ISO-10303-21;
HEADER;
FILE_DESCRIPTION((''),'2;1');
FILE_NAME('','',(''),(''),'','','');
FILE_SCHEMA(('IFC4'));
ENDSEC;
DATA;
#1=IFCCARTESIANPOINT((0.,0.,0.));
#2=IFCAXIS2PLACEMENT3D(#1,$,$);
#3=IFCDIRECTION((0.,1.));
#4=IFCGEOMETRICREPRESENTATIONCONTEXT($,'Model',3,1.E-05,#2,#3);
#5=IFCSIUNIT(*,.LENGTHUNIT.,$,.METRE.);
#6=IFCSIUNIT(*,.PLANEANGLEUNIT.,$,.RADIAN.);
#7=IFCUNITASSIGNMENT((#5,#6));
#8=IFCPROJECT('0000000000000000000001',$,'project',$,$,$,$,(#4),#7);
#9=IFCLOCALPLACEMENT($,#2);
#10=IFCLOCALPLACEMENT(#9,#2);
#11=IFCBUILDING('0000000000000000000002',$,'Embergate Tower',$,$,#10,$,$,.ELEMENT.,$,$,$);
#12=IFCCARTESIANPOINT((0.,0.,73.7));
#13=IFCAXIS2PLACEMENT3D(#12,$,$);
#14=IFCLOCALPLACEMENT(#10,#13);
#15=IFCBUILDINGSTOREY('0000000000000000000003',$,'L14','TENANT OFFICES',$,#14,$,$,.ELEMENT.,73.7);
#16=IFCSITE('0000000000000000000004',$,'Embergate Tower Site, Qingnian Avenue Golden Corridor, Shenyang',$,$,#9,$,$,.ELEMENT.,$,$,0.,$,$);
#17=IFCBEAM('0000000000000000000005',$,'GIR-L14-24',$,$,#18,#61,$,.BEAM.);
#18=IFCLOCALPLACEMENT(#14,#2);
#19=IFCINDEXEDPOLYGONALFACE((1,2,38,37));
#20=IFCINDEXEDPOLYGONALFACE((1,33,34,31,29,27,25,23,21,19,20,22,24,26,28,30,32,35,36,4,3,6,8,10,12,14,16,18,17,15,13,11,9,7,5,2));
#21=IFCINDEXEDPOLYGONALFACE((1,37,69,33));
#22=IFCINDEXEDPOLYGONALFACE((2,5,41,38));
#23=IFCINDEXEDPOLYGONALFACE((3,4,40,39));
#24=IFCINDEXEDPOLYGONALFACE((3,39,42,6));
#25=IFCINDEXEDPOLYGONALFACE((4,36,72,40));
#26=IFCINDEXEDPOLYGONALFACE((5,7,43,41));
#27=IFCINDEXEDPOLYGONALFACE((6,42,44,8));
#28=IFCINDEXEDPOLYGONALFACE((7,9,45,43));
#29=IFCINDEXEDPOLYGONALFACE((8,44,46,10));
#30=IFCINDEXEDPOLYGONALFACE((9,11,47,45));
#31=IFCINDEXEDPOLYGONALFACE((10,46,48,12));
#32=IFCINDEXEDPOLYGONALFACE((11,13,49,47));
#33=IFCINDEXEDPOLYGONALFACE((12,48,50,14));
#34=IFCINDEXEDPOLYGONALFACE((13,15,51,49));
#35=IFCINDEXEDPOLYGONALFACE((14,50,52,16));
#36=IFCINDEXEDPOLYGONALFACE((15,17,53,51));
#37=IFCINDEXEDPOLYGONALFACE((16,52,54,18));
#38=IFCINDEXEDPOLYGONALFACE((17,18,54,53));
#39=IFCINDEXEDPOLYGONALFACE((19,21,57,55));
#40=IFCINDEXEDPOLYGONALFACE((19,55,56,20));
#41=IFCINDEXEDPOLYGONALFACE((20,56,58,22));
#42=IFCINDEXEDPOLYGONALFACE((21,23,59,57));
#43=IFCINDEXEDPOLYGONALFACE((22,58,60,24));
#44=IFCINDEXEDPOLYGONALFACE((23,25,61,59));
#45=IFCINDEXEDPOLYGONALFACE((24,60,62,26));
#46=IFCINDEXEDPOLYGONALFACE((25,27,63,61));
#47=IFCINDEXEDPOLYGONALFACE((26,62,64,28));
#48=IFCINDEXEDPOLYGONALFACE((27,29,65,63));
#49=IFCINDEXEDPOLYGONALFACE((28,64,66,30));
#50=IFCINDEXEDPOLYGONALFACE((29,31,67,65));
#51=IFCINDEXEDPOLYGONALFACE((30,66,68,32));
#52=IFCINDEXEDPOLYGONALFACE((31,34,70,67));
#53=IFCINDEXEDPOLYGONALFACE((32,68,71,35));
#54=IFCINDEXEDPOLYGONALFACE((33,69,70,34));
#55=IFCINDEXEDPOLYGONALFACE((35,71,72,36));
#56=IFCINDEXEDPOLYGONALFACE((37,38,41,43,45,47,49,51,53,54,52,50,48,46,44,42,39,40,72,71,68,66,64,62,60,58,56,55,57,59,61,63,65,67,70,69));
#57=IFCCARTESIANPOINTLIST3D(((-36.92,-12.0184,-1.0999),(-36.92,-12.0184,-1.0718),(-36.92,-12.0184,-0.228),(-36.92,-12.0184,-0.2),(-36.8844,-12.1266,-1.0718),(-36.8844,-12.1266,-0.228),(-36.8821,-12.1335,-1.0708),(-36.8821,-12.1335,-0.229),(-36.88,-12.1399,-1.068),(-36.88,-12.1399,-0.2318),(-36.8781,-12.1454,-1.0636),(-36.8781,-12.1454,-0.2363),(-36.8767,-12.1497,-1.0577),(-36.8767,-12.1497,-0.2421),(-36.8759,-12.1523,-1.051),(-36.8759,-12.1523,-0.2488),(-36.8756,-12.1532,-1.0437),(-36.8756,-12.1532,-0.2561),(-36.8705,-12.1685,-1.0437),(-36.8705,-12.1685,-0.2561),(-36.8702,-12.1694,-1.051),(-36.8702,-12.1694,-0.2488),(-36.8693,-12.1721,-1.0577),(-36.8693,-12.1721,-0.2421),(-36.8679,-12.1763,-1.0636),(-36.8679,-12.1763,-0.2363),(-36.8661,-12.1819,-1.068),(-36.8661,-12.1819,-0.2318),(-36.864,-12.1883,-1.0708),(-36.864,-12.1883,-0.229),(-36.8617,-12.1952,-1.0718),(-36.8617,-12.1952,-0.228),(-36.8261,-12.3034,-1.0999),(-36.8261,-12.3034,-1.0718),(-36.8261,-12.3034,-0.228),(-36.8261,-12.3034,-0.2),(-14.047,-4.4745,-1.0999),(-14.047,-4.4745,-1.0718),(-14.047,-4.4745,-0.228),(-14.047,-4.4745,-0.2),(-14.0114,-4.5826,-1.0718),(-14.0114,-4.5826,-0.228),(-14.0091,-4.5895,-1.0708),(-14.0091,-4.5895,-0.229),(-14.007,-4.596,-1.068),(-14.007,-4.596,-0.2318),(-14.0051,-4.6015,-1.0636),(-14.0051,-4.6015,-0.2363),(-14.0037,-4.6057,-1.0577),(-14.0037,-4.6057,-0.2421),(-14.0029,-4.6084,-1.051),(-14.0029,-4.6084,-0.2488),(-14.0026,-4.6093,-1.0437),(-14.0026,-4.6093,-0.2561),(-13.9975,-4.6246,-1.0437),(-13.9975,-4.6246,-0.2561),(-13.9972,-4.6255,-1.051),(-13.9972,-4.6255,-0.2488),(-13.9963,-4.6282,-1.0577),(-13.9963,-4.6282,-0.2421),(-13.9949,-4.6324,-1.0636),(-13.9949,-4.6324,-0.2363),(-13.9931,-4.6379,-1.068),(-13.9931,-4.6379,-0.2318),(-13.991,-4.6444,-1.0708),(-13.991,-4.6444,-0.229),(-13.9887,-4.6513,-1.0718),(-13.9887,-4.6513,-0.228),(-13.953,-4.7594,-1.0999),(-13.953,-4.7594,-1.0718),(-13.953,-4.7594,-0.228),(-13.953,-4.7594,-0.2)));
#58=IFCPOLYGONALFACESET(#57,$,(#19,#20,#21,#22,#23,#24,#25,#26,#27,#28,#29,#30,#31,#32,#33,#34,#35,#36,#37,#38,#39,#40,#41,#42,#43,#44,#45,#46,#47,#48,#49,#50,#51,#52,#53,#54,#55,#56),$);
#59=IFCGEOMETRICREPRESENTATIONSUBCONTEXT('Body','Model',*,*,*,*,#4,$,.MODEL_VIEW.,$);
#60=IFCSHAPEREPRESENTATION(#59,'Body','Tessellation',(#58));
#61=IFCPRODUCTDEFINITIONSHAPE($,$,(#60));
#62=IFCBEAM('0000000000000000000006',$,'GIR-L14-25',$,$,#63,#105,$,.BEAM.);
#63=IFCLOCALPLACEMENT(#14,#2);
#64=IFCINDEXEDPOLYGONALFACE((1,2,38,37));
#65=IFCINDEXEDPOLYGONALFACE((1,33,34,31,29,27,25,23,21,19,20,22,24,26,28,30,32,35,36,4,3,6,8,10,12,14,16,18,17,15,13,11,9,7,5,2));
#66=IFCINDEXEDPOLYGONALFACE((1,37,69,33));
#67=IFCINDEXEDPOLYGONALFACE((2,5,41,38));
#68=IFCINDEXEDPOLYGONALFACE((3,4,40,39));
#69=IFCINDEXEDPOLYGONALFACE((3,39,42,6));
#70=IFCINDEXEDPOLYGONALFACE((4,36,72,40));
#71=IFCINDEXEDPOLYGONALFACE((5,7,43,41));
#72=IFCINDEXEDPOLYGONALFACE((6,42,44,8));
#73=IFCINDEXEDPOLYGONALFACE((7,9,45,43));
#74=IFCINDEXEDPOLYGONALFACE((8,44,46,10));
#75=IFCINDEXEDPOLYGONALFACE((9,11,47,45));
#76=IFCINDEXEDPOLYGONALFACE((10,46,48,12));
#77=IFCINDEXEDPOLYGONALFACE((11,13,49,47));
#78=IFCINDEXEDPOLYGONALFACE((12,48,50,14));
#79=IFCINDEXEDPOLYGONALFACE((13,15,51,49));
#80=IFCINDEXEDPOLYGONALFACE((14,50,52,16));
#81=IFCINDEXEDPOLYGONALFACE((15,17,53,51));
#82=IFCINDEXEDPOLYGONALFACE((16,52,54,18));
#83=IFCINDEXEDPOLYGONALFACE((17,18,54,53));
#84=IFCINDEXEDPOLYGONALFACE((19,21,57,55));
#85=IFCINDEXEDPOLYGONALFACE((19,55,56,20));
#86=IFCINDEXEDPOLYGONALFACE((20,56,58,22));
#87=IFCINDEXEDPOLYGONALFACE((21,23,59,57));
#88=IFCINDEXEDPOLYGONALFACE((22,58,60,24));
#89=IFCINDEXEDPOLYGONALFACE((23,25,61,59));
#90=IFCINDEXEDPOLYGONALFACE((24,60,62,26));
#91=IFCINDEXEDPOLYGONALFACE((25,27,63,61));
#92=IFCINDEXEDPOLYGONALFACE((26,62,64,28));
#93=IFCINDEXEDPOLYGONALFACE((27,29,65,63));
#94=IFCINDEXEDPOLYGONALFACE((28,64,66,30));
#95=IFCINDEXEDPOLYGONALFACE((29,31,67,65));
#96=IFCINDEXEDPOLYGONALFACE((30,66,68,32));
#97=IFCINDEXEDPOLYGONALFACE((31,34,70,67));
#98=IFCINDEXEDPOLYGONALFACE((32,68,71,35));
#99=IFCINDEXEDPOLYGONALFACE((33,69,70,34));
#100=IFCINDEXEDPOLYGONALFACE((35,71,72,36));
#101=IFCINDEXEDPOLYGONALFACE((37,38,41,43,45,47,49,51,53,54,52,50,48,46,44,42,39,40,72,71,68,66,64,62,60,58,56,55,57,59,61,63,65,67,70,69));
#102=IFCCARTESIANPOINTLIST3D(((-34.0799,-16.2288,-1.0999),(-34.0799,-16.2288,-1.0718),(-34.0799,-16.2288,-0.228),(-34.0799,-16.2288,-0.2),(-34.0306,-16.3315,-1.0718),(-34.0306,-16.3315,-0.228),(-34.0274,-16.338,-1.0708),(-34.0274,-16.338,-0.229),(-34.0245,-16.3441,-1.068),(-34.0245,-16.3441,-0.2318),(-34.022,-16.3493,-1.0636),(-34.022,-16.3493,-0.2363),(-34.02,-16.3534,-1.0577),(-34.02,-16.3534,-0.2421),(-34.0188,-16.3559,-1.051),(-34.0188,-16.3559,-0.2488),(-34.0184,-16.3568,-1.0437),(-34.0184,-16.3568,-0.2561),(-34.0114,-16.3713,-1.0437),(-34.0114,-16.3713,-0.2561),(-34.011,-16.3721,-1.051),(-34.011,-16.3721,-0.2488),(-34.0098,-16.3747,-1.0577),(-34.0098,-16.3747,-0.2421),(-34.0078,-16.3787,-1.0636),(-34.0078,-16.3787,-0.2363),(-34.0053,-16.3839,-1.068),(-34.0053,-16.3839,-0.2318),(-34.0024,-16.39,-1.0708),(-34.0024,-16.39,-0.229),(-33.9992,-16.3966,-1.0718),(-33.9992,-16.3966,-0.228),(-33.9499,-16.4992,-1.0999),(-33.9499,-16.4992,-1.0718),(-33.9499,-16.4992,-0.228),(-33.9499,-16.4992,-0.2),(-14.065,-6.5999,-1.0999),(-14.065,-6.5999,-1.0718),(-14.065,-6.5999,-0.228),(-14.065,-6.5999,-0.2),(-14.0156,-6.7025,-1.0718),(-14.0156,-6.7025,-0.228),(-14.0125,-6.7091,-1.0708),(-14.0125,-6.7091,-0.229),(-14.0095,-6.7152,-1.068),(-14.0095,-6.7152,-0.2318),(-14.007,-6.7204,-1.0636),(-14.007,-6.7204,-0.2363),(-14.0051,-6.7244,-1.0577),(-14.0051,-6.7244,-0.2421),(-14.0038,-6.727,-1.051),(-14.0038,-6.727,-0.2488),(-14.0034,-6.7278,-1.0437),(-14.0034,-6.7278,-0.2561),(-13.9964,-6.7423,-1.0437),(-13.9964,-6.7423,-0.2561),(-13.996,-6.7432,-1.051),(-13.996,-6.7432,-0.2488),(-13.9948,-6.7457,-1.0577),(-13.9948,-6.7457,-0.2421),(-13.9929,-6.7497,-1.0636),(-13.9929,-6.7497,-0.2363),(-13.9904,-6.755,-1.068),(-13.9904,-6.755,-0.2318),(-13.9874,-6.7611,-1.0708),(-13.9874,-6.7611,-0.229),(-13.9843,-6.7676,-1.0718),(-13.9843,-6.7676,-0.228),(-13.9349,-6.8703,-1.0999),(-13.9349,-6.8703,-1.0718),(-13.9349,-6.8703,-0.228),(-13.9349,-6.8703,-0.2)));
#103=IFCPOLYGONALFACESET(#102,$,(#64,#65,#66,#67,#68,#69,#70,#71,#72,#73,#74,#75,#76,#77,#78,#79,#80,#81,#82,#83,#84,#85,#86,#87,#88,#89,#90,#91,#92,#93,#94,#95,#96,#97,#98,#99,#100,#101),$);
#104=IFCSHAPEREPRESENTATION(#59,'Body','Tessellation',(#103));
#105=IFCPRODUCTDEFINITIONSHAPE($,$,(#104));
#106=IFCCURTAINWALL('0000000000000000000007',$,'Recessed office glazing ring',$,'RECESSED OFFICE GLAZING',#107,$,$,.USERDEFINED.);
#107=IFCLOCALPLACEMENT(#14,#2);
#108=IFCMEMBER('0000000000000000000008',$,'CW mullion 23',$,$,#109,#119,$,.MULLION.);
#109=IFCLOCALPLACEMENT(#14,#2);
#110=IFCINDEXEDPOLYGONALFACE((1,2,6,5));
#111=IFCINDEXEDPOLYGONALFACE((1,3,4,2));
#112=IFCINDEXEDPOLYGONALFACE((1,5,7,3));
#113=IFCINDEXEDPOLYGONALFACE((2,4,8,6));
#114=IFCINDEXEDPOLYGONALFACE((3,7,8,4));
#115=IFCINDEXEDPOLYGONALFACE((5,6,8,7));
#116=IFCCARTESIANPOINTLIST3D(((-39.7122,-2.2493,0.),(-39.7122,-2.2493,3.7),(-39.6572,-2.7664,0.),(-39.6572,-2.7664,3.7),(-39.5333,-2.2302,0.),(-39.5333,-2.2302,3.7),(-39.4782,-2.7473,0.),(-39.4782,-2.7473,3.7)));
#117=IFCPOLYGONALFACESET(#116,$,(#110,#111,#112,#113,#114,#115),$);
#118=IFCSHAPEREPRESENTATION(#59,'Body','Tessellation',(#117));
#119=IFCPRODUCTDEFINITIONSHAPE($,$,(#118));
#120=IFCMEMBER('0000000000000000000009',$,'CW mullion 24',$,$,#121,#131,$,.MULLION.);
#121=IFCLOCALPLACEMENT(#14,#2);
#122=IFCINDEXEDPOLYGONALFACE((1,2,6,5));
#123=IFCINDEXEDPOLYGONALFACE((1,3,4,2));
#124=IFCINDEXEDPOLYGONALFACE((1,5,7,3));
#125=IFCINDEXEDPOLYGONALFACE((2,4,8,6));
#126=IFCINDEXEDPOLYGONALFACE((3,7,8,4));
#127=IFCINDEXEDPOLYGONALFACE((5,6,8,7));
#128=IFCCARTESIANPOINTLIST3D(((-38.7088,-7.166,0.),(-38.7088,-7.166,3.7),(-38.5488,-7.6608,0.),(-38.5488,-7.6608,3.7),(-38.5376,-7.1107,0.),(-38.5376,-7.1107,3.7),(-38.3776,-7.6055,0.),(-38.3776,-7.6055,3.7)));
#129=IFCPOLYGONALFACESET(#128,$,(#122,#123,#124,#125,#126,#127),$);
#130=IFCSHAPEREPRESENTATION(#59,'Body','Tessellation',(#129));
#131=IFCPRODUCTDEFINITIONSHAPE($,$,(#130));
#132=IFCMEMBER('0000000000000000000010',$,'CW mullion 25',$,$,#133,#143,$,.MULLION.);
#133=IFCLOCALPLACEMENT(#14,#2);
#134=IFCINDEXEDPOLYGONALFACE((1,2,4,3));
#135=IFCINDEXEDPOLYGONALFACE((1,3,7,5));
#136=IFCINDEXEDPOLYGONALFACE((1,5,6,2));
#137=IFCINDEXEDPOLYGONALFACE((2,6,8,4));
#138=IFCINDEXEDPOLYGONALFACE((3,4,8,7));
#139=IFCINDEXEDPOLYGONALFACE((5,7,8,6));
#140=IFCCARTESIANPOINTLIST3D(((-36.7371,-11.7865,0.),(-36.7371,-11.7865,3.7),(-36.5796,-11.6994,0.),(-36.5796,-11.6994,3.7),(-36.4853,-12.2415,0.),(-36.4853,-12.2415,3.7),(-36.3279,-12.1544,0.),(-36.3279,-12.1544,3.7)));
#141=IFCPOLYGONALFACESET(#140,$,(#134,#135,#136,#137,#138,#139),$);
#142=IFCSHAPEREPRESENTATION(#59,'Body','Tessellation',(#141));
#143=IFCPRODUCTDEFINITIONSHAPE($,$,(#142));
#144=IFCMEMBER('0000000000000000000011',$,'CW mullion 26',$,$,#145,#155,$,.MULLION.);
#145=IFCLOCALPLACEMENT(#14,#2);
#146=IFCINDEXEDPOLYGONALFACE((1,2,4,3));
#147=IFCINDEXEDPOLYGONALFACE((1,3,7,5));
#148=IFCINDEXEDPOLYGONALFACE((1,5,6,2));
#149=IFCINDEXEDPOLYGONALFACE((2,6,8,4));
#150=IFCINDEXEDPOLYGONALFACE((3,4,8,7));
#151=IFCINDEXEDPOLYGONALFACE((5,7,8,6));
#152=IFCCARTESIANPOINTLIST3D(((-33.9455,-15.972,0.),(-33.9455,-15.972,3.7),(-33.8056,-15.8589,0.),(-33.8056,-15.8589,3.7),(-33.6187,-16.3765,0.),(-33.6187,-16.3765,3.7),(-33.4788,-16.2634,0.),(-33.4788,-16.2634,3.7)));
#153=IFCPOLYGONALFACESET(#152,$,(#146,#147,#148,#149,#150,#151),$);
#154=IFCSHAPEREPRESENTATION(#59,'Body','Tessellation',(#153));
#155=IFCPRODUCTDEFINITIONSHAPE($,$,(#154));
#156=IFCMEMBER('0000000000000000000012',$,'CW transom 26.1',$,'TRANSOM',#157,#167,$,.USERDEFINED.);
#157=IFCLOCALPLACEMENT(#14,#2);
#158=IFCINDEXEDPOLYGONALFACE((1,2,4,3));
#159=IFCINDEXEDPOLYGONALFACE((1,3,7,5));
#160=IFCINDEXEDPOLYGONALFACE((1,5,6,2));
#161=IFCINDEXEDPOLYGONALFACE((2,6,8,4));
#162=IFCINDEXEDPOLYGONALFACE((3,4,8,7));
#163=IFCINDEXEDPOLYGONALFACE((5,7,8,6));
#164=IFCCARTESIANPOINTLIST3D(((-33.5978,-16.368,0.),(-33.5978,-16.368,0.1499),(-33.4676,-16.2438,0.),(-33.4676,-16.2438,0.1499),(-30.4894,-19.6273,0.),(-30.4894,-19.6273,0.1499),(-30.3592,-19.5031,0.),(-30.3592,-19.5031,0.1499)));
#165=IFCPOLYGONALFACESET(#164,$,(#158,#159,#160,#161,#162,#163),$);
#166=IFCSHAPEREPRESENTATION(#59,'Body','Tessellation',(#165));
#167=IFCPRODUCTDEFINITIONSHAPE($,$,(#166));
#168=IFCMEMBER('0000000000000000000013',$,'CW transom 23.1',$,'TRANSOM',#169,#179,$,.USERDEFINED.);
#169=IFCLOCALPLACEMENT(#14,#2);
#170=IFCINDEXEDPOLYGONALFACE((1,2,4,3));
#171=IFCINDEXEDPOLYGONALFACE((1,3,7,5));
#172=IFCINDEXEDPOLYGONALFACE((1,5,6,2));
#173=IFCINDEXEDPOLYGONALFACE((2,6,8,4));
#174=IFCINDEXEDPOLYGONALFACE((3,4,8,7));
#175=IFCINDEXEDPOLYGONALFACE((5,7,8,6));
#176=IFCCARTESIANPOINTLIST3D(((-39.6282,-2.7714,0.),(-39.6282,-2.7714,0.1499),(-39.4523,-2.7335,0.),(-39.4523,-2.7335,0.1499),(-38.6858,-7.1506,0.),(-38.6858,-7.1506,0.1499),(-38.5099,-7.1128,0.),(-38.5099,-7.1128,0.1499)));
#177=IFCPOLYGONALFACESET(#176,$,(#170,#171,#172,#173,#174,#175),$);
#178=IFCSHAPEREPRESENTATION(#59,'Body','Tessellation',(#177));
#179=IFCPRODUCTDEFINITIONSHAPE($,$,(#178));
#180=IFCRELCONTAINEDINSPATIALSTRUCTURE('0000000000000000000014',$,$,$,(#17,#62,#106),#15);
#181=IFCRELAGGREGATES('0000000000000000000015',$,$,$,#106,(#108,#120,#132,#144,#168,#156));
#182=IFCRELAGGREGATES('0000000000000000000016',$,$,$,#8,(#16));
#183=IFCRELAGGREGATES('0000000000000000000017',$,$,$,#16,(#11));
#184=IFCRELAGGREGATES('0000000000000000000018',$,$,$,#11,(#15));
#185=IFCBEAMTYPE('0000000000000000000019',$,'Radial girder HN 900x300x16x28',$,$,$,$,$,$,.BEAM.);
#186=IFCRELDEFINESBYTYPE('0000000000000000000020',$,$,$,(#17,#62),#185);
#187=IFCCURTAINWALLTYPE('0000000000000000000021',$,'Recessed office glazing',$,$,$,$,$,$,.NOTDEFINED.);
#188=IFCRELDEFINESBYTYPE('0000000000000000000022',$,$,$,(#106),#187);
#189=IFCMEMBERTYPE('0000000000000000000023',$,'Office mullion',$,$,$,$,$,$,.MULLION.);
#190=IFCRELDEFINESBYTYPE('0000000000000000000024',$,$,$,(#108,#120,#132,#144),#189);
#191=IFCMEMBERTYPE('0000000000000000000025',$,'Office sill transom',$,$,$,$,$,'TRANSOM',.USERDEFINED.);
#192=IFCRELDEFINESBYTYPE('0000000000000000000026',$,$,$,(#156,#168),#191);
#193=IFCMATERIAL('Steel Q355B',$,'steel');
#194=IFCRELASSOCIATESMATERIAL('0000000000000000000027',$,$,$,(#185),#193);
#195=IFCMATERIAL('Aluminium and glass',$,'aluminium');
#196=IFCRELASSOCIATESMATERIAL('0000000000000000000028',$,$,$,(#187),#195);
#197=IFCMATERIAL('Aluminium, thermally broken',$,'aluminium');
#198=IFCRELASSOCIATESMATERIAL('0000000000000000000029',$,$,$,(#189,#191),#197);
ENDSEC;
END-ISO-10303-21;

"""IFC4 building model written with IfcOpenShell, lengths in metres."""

from ifc_helpers import new_model, si_unit, direction, frame, origin, origin_2d, place, context, subcontext, project, spatial, rectangle, i_section, extrude, source, transform, mapped, material, material_profile, profile_set, type_object, element, aggregate, save


model = new_model("IFC4")

# Units and contexts
model_context = context("Model", 3, precision=1e-05, world=origin(), true_north=direction((0.0, 1.0)))
body_context = subcontext(model_context, "Body", "Model", "MODEL_VIEW")
ifc_project = project(units=[si_unit("LENGTHUNIT", "METRE"), si_unit("PLANEANGLEUNIT", "RADIAN")], contexts=[model_context])

# Site, building, storey
site_placement = place(None, origin())
site = spatial("IfcSite", under=ifc_project, at=site_placement, Name="Embergate Tower Site, Qingnian Avenue Golden Corridor, Shenyang", CompositionType="ELEMENT", RefElevation=0.0)
building_placement = place(site_placement, origin())
building = spatial("IfcBuilding", under=site, at=building_placement, Name="Embergate Tower", CompositionType="ELEMENT")
storey_placement = place(building_placement, frame((0.0, 0.0, 73.7)))
storey = spatial("IfcBuildingStorey", under=building, at=storey_placement, Name="L14", Description="TENANT OFFICES", CompositionType="ELEMENT", Elevation=73.7)

# Beams
ifc_material_1 = material(Name="Steel Q355B", Category="steel")
ifc_material_profile_1 = material_profile(ifc_material_1, i_section(OverallWidth=0.3, OverallDepth=0.8999, WebThickness=0.0161, FlangeThickness=0.0281, FilletRadius=0.0281, at=origin_2d()), Name="HN 900x300x16x28")
ifc_profile_set_1 = profile_set([ifc_material_profile_1], Name="Steel Q355 grade B")
beam_type_1 = type_object("IfcBeamType", Name="Radial girder HN 900x300x16x28", PredefinedType="BEAM", material=ifc_profile_set_1)
shared_shape_1 = source(origin(), body_context, "Body", "SweptSolid", [
    extrude(i_section(OverallWidth=0.3, OverallDepth=0.8999, WebThickness=0.0161, FlangeThickness=0.0281, FilletRadius=0.0281, at=origin_2d()), origin(), (0.0, 0.0, 1.0), 24.085),
])
beam_1_placement = place(storey_placement, frame((-36.873, -12.1609, -0.6499), z_axis=(0.94968, 0.313222, 0.0), x_axis=(-0.313222, 0.94968, 0.0)))
element("IfcBeam", 1, at=beam_1_placement, inside=storey, type_object=beam_type_1, Name="GIR-L14-24", PredefinedType="BEAM", context=body_context, shape_type="MappedRepresentation", body=[
    mapped(shared_shape_1, transform((0.0, 0.0, 0.0))),
])
shared_shape_2 = source(origin(), body_context, "Body", "SweptSolid", [
    extrude(i_section(OverallWidth=0.3, OverallDepth=0.8999, WebThickness=0.0161, FlangeThickness=0.0281, FilletRadius=0.0281, at=origin_2d()), origin(), (0.0, 0.0, 1.0), 22.2107),
])
beam_2_placement = place(storey_placement, frame((-34.0149, -16.364, -0.6499), z_axis=(0.901141, 0.433527, 0.0), x_axis=(-0.433527, 0.901141, 0.0)))
element("IfcBeam", 2, at=beam_2_placement, inside=storey, type_object=beam_type_1, Name="GIR-L14-25", PredefinedType="BEAM", context=body_context, shape_type="MappedRepresentation", body=[
    mapped(shared_shape_2, transform((0.0, 0.0, 0.0))),
])

# Curtain wall, members
ifc_material_2 = material(Name="Aluminium and glass", Category="aluminium")
curtain_wall_type = type_object("IfcCurtainWallType", Name="Recessed office glazing", PredefinedType="NOTDEFINED", material=ifc_material_2)
curtain_wall_placement = place(storey_placement, origin())
curtain_wall = element("IfcCurtainWall", 3, at=curtain_wall_placement, inside=storey, type_object=curtain_wall_type, Name="Recessed office glazing ring", ObjectType="RECESSED OFFICE GLAZING", PredefinedType="USERDEFINED")
ifc_material_3 = material(Name="Aluminium, thermally broken", Category="aluminium")
ifc_material_profile_2 = material_profile(ifc_material_3, rectangle(XDim=0.1799, YDim=0.52, at=origin_2d()), Name="AL 520x180")
ifc_profile_set_2 = profile_set([ifc_material_profile_2], Name="Aluminium, thermally broken")
member_type_1 = type_object("IfcMemberType", Name="Office mullion", PredefinedType="MULLION", material=ifc_profile_set_2)
shared_shape_3 = source(origin(), body_context, "Body", "SweptSolid", [
    extrude(rectangle(XDim=0.1799, YDim=0.52, at=origin_2d()), origin(), (0.0, 0.0, 1.0), 3.7),
])
member_1_placement = place(storey_placement, frame((-39.5952, -2.4983, 0.0), z_axis=(0.0, 0.0, 1.0), x_axis=(0.994385, 0.10582, 0.0)))
member_1 = element("IfcMember", 4, at=member_1_placement, type_object=member_type_1, Name="CW mullion 23", PredefinedType="MULLION", context=body_context, shape_type="MappedRepresentation", body=[
    mapped(shared_shape_3, transform((0.0, 0.0, 0.0))),
])
member_2_placement = place(storey_placement, frame((-38.5432, -7.3857, 0.0), z_axis=(0.0, 0.0, 1.0), x_axis=(0.951501, 0.307646, 0.0)))
member_2 = element("IfcMember", 5, at=member_2_placement, type_object=member_type_1, Name="CW mullion 24", PredefinedType="MULLION", context=body_context, shape_type="MappedRepresentation", body=[
    mapped(shared_shape_3, transform((0.0, 0.0, 0.0))),
])
member_3_placement = place(storey_placement, frame((-36.5325, -11.9705, 0.0), z_axis=(0.0, 0.0, 1.0), x_axis=(0.875008, 0.484109, 0.0)))
member_3 = element("IfcMember", 6, at=member_3_placement, type_object=member_type_1, Name="CW mullion 25", PredefinedType="MULLION", context=body_context, shape_type="MappedRepresentation", body=[
    mapped(shared_shape_3, transform((0.0, 0.0, 0.0))),
])
member_4_placement = place(storey_placement, frame((-33.7122, -16.1177, 0.0), z_axis=(0.0, 0.0, 1.0), x_axis=(0.77788, 0.628413, 0.0)))
member_4 = element("IfcMember", 7, at=member_4_placement, type_object=member_type_1, Name="CW mullion 26", PredefinedType="MULLION", context=body_context, shape_type="MappedRepresentation", body=[
    mapped(shared_shape_3, transform((0.0, 0.0, 0.0))),
])
ifc_material_profile_3 = material_profile(ifc_material_3, rectangle(XDim=0.1799, YDim=0.1499, at=origin_2d()), Name="AL 150x180")
ifc_profile_set_3 = profile_set([ifc_material_profile_3], Name="Aluminium, thermally broken")
member_type_2 = type_object("IfcMemberType", Name="Office sill transom", ElementType="TRANSOM", PredefinedType="USERDEFINED", material=ifc_profile_set_3)
shared_shape_4 = source(origin(), body_context, "Body", "SweptSolid", [
    extrude(rectangle(XDim=0.1799, YDim=0.1499, at=origin_2d()), origin(), (0.0, 0.0, 1.0), 4.5039),
])
member_5_placement = place(storey_placement, frame((-33.5327, -16.3059, 0.075), z_axis=(0.690159, -0.723658, 0.0), x_axis=(0.723658, 0.690159, 0.0)))
member_5 = element("IfcMember", 8, at=member_5_placement, type_object=member_type_2, Name="CW transom 26.1", ObjectType="TRANSOM", PredefinedType="USERDEFINED", context=body_context, shape_type="MappedRepresentation", body=[
    mapped(shared_shape_4, transform((0.0, 0.0, 0.0))),
])
shared_shape_5 = source(origin(), body_context, "Body", "SweptSolid", [
    extrude(rectangle(XDim=0.1799, YDim=0.1499, at=origin_2d()), origin(), (0.0, 0.0, 1.0), 4.4795),
])
member_6_placement = place(storey_placement, frame((-39.5403, -2.7524, 0.075), z_axis=(0.210381, -0.977619, 0.0), x_axis=(0.977619, 0.210381, 0.0)))
member_6 = element("IfcMember", 9, at=member_6_placement, type_object=member_type_2, Name="CW transom 23.1", ObjectType="TRANSOM", PredefinedType="USERDEFINED", context=body_context, shape_type="MappedRepresentation", body=[
    mapped(shared_shape_5, transform((0.0, 0.0, 0.0))),
])
aggregate(curtain_wall, [member_1, member_2, member_3, member_4, member_6, member_5])

save(model, "model.ifc")
